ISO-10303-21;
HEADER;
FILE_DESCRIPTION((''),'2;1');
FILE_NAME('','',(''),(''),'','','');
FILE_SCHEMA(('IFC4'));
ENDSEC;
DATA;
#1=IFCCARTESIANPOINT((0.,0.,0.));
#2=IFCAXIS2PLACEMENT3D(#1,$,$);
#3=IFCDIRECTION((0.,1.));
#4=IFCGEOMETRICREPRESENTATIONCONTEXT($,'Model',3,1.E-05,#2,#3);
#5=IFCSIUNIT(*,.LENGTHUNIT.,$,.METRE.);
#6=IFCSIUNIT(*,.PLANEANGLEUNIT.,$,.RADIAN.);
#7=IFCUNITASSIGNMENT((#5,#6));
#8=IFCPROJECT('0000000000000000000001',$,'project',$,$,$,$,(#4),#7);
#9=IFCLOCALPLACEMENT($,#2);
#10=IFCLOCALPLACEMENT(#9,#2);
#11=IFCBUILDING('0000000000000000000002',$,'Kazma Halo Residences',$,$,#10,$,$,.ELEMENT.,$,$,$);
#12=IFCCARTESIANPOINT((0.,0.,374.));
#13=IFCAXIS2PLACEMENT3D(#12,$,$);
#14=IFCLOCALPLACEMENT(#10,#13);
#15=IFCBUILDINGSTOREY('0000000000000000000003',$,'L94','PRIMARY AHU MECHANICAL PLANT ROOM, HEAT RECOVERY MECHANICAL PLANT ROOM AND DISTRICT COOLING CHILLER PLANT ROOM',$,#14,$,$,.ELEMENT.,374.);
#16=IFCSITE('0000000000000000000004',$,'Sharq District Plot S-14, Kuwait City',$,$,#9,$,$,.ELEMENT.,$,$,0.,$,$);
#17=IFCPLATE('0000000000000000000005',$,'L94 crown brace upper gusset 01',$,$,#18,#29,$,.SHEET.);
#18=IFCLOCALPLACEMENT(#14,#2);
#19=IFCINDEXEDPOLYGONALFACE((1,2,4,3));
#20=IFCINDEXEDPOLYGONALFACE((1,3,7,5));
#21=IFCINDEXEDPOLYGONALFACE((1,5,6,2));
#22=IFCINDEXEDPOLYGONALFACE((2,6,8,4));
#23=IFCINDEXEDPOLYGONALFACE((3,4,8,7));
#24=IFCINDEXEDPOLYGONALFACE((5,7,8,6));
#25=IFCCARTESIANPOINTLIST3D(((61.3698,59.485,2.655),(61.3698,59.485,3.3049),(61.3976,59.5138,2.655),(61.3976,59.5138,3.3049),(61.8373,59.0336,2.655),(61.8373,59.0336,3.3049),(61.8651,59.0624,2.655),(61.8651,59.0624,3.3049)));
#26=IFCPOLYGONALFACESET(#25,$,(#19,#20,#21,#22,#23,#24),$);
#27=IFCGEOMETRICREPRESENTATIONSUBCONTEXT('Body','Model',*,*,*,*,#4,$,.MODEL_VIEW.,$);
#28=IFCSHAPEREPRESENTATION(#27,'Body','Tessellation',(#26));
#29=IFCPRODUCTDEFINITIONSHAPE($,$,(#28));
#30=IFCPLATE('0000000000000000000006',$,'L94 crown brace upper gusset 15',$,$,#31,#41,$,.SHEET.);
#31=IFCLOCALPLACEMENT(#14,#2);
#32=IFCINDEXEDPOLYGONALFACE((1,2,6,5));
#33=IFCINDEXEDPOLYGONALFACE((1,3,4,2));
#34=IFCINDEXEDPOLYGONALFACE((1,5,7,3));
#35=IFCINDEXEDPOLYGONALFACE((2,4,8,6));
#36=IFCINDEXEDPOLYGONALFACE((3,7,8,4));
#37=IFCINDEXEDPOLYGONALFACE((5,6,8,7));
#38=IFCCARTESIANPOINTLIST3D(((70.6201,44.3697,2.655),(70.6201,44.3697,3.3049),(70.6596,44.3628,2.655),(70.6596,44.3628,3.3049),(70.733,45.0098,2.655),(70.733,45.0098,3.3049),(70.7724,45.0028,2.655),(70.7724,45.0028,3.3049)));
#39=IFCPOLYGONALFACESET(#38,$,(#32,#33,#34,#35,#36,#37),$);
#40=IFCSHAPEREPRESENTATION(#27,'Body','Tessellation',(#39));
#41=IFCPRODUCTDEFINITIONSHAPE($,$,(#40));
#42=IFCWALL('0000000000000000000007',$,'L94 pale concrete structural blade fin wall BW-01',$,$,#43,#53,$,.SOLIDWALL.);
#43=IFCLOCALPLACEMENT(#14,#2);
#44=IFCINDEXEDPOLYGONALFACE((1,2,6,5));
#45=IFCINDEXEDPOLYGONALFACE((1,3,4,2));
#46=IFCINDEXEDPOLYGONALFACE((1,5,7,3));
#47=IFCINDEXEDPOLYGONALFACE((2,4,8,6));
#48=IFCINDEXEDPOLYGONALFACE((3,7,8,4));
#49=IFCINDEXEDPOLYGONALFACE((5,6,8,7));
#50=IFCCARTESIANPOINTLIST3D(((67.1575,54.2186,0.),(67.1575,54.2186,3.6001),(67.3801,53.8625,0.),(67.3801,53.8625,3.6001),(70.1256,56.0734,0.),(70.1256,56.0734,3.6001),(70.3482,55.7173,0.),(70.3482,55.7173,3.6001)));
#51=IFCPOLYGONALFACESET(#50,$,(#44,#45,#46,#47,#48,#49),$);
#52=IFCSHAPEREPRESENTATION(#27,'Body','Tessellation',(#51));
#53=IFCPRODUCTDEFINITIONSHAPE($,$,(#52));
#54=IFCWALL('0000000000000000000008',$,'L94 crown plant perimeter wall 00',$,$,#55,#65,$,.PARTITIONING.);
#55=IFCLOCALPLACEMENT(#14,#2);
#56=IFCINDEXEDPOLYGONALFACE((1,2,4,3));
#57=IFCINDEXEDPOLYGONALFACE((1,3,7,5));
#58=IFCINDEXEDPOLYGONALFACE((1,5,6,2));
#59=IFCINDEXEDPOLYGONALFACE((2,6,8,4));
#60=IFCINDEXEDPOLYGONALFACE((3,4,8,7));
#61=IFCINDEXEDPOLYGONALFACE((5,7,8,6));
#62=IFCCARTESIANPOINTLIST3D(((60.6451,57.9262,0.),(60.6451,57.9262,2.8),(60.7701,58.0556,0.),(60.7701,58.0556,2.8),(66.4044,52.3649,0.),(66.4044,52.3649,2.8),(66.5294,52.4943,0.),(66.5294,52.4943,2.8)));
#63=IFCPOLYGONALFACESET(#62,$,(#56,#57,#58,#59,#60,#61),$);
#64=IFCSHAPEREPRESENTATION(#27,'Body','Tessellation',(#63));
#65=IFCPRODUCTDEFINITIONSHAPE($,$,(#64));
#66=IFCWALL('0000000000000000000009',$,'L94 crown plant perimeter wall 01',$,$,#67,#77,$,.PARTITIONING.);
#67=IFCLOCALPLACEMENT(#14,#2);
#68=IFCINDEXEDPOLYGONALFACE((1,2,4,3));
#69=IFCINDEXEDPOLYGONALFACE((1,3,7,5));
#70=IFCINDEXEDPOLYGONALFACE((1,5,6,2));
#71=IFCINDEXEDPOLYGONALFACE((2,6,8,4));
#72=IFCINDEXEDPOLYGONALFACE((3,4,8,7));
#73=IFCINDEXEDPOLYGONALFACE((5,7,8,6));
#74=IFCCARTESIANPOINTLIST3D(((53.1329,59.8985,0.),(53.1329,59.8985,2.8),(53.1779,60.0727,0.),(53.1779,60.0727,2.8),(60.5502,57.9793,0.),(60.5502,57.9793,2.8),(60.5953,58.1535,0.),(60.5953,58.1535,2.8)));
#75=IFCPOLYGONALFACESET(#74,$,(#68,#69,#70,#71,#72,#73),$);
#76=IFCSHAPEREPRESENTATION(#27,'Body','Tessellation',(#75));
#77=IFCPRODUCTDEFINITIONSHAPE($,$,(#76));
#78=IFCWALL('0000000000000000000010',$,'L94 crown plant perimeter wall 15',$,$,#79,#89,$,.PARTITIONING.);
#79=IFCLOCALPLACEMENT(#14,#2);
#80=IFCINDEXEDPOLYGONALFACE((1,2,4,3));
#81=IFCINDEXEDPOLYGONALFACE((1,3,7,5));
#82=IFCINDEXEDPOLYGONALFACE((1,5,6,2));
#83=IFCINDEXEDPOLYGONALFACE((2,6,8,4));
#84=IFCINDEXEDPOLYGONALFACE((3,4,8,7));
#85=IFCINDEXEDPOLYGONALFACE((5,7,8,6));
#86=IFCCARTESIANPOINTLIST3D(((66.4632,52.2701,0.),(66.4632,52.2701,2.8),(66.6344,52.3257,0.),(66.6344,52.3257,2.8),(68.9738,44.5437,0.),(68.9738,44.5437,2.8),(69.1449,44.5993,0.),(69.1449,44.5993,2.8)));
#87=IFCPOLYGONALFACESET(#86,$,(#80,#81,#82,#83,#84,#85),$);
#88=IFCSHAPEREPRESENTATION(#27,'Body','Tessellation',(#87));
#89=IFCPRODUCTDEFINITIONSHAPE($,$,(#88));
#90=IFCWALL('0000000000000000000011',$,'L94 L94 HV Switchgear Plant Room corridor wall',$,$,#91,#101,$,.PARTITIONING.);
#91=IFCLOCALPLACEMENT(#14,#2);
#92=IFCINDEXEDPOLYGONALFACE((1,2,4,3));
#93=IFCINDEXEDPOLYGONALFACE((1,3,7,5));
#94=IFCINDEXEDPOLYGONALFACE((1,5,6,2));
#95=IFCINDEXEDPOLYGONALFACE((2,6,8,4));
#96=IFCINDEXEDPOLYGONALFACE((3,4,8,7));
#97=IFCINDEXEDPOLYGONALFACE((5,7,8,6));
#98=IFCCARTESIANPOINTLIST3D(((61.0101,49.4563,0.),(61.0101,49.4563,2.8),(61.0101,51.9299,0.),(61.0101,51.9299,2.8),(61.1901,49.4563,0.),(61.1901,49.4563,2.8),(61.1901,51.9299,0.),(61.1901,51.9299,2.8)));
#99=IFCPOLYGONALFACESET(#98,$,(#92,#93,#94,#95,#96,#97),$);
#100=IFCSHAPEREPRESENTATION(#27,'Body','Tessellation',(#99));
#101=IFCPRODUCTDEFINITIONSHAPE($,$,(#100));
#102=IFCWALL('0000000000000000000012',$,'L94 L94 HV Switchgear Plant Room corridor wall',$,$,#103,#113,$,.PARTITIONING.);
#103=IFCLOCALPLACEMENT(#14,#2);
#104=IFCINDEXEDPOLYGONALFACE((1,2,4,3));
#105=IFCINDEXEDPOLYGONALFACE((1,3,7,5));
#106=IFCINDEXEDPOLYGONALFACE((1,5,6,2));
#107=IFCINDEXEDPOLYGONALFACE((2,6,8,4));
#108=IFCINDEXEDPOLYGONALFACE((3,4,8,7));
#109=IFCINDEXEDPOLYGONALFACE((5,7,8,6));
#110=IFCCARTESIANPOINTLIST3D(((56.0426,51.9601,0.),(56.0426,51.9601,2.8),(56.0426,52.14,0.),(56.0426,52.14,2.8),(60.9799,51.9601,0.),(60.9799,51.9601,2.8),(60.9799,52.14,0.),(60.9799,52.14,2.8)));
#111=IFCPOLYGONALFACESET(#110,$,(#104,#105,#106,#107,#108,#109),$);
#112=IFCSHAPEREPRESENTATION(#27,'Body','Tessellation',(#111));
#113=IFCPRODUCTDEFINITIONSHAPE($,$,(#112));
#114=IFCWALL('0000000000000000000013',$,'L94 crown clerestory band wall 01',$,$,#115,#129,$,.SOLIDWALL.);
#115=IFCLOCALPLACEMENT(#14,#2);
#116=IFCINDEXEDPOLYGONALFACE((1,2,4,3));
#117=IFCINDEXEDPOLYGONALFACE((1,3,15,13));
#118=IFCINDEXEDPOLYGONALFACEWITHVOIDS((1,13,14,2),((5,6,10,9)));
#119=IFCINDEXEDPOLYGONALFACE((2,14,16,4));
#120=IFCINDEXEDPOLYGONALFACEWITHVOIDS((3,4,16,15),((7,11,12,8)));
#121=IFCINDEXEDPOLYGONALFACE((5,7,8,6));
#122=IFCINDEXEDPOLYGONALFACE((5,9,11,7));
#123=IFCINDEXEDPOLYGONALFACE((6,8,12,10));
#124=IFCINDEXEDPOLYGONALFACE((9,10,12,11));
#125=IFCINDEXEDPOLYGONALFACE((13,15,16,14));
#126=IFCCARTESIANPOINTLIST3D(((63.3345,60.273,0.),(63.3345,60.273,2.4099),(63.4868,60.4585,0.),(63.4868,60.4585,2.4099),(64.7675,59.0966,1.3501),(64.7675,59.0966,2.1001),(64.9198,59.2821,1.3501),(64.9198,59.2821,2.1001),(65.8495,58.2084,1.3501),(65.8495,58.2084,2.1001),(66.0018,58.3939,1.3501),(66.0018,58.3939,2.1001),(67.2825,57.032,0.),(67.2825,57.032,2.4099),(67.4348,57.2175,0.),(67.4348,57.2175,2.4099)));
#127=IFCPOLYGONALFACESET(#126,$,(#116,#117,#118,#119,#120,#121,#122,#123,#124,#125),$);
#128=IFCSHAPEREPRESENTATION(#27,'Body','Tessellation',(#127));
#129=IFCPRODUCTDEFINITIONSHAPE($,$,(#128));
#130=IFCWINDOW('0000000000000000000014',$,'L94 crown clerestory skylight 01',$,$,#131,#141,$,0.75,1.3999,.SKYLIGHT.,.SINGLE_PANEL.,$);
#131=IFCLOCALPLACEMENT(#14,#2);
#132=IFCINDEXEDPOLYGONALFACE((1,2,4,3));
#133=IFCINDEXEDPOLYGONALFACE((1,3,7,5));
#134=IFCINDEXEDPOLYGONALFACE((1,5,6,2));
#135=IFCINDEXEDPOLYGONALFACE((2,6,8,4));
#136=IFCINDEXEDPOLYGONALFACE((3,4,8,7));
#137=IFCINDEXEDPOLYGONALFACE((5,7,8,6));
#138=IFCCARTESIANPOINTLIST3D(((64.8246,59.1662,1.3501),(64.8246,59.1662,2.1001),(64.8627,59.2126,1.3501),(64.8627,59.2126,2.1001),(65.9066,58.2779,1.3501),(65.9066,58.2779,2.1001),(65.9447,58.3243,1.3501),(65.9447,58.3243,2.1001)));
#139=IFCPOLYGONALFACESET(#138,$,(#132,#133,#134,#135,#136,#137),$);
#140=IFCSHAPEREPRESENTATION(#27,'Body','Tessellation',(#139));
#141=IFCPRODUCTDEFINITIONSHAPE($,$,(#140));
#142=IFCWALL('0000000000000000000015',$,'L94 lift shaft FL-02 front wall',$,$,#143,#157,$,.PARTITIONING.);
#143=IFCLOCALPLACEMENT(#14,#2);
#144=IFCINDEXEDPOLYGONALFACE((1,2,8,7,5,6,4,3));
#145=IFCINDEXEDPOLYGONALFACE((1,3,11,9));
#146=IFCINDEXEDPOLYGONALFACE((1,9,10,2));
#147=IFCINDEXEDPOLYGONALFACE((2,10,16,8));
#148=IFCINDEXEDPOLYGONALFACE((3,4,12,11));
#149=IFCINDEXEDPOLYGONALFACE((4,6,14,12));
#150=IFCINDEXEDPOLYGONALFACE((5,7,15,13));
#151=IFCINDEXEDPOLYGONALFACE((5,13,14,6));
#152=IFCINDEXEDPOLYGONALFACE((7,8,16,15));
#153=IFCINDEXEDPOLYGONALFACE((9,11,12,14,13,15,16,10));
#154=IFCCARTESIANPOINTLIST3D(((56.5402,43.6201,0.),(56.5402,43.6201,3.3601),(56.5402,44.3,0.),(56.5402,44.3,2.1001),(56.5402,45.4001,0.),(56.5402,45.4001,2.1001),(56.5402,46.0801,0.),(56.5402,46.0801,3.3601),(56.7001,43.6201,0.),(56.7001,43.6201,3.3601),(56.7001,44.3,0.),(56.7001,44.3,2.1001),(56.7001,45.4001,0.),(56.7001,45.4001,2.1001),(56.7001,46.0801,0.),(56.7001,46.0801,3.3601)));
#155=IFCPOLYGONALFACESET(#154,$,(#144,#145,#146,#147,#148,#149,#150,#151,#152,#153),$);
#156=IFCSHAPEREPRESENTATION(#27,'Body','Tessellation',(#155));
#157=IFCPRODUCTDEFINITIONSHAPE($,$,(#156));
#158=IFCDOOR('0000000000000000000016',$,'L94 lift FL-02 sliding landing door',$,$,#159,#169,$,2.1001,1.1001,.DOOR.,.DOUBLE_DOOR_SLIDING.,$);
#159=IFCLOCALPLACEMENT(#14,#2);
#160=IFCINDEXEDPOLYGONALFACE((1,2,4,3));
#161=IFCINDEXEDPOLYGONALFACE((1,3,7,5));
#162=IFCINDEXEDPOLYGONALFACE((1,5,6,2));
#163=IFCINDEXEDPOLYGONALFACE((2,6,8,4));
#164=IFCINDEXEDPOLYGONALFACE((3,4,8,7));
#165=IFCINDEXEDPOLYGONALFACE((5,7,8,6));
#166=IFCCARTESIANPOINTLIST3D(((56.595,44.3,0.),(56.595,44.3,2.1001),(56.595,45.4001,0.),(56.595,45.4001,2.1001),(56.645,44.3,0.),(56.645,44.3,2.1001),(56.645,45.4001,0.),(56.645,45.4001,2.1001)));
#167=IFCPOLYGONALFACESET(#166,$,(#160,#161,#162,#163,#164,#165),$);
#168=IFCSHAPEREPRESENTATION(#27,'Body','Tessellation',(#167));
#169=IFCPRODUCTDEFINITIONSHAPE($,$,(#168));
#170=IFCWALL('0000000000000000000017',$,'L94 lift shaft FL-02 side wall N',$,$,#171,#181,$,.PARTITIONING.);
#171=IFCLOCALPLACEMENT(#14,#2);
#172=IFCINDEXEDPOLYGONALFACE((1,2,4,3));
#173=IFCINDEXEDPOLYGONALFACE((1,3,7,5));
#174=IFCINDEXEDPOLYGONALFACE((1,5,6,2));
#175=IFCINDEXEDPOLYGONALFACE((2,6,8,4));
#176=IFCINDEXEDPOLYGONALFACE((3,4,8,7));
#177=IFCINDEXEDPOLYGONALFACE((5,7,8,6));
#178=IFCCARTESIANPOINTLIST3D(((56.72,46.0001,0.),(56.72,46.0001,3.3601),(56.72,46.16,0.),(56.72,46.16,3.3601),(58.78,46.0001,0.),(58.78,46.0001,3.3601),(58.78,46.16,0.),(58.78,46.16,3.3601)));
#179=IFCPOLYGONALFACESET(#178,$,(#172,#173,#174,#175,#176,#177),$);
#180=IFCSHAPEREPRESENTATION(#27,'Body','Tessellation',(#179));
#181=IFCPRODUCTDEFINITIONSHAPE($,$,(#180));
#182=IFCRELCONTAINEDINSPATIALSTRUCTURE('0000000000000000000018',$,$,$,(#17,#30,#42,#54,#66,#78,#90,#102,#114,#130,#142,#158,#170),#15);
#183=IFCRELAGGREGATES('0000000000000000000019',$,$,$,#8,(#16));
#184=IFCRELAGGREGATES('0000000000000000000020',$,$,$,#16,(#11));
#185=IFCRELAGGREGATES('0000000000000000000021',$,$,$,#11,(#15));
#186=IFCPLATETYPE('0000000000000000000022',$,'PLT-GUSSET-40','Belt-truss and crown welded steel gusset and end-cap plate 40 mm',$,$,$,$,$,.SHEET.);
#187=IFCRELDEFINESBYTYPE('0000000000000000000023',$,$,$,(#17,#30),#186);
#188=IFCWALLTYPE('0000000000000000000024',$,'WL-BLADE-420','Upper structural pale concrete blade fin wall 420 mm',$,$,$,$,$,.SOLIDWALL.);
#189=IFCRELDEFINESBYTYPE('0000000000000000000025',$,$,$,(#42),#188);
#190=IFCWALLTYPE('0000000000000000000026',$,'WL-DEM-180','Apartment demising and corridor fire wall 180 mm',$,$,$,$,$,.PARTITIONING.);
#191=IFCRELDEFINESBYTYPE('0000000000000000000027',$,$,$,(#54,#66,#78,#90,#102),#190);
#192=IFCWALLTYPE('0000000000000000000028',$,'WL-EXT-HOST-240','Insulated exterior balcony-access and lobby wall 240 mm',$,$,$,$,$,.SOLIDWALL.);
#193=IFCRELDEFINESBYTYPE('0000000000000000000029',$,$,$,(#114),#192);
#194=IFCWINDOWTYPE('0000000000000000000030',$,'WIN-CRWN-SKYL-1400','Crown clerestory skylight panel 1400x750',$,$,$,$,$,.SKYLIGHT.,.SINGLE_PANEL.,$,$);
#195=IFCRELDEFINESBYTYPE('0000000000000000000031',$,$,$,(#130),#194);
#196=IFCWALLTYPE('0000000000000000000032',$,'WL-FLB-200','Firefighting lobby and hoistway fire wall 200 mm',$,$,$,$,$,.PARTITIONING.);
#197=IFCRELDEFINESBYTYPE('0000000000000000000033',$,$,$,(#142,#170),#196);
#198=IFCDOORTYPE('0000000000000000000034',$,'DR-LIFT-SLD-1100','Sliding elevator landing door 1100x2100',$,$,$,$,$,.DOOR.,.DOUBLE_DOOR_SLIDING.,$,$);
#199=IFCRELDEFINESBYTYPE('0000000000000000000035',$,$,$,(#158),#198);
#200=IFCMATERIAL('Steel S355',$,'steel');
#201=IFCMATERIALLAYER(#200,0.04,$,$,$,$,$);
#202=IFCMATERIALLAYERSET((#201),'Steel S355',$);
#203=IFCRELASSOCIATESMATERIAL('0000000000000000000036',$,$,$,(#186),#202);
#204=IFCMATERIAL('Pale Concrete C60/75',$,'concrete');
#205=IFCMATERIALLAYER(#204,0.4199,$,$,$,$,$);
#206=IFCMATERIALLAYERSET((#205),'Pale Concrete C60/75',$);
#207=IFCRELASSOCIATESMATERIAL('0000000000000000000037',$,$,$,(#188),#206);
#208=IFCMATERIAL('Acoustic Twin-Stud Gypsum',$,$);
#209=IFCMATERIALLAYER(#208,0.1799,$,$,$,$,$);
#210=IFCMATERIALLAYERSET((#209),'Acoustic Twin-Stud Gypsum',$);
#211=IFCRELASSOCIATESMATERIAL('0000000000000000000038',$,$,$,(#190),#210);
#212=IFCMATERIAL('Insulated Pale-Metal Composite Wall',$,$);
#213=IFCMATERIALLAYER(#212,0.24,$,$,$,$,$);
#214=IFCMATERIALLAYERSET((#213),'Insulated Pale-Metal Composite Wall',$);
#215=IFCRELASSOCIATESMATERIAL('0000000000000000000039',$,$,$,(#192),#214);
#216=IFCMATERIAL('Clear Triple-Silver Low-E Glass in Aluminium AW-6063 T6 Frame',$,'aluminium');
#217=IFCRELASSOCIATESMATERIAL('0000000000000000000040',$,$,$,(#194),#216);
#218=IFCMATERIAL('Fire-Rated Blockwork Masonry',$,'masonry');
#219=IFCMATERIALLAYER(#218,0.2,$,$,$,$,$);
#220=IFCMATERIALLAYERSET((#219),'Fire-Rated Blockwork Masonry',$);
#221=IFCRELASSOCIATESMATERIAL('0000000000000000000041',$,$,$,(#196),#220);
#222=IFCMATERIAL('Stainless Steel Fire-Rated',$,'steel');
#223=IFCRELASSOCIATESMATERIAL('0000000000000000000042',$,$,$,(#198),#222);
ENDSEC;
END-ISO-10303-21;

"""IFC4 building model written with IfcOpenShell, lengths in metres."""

from ifc_helpers import new_model, si_unit, direction, frame, frame_2d, origin, origin_2d, place, context, subcontext, project, spatial, rectangle, extrude, material, layer, layer_set, type_object, element, fill, save


model = new_model("IFC4")

# Units and contexts
model_context = context("Model", 3, precision=1e-05, world=origin(), true_north=direction((0.0, 1.0)))
body_context = subcontext(model_context, "Body", "Model", "MODEL_VIEW")
ifc_project = project(units=[si_unit("LENGTHUNIT", "METRE"), si_unit("PLANEANGLEUNIT", "RADIAN")], contexts=[model_context])

# Site, building, storey
site_placement = place(None, origin())
site = spatial("IfcSite", under=ifc_project, at=site_placement, Name="Sharq District Plot S-14, Kuwait City", CompositionType="ELEMENT", RefElevation=0.0)
building_placement = place(site_placement, origin())
building = spatial("IfcBuilding", under=site, at=building_placement, Name="Kazma Halo Residences", CompositionType="ELEMENT")
storey_placement = place(building_placement, frame((0.0, 0.0, 374.0)))
storey = spatial("IfcBuildingStorey", under=building, at=storey_placement, Name="L94", Description="PRIMARY AHU MECHANICAL PLANT ROOM, HEAT RECOVERY MECHANICAL PLANT ROOM AND DISTRICT COOLING CHILLER PLANT ROOM", CompositionType="ELEMENT", Elevation=374.0)

# Shared definitions
ifc_material_1 = material(Name="Steel S355", Category="steel")

# Plates
ifc_layer_1 = layer(ifc_material_1, 0.04)
ifc_layer_set_1 = layer_set([ifc_layer_1], Name="Steel S355")
plate_type_1 = type_object("IfcPlateType", Name="PLT-GUSSET-40", Description="Belt-truss and crown welded steel gusset and end-cap plate 40 mm", PredefinedType="SHEET", material=ifc_layer_set_1)
for number, where, z_axis, x_axis, name in (
    (1, (61.6174, 59.2737, 2.655), (0.0, 0.0, 1.0), (-0.719342, 0.694656, 0.0), "L94 crown brace upper gusset 01"),
    (2, (70.6963, 44.6863, 2.655), (0.0, 0.0, 1.0), (0.173656, 0.984806, 0.0), "L94 crown brace upper gusset 15"),
):
    element("IfcPlate", number, at=place(storey_placement, frame(where, z_axis=z_axis, x_axis=x_axis)), inside=storey, type_object=plate_type_1, Name=name, PredefinedType="SHEET", context=body_context, shape_type="SweptSolid", body=[
        extrude(rectangle(XDim=0.6499, YDim=0.04, at=origin_2d()), origin(), (0.0, 0.0, 1.0), 0.6499),
    ])

# Walls
ifc_material_2 = material(Name="Pale Concrete C60/75", Category="concrete")
ifc_layer_2 = layer(ifc_material_2, 0.4199)
ifc_layer_set_2 = layer_set([ifc_layer_2], Name="Pale Concrete C60/75")
wall_type_1 = type_object("IfcWallType", Name="WL-BLADE-420", Description="Upper structural pale concrete blade fin wall 420 mm", PredefinedType="SOLIDWALL", material=ifc_layer_set_2)
wall_1_placement = place(storey_placement, frame((67.2688, 54.0405, 0.0), z_axis=(0.0, 0.0, 1.0), x_axis=(0.848034, 0.529943, 0.0)))
element("IfcWall", 3, at=wall_1_placement, inside=storey, type_object=wall_type_1, Name="L94 pale concrete structural blade fin wall BW-01", PredefinedType="SOLIDWALL", context=body_context, shape_type="SweptSolid", body=[
    extrude(rectangle(XDim=3.5, YDim=0.4199, at=frame_2d((1.75, 0.0))), origin(), (0.0, 0.0, 1.0), 3.6001),
])
ifc_material_3 = material(Name="Acoustic Twin-Stud Gypsum")
ifc_layer_3 = layer(ifc_material_3, 0.1799)
ifc_layer_set_3 = layer_set([ifc_layer_3], Name="Acoustic Twin-Stud Gypsum")
wall_type_2 = type_object("IfcWallType", Name="WL-DEM-180", Description="Apartment demising and corridor fire wall 180 mm", PredefinedType="PARTITIONING", material=ifc_layer_set_3)
wall_2_placement = place(storey_placement, frame((66.4668, 52.4297, 0.0), z_axis=(0.0, 0.0, 1.0), x_axis=(-0.719364, 0.694633, 0.0)))
element("IfcWall", 4, at=wall_2_placement, inside=storey, type_object=wall_type_2, Name="L94 crown plant perimeter wall 00", PredefinedType="PARTITIONING", context=body_context, shape_type="SweptSolid", body=[
    extrude(rectangle(XDim=8.0061, YDim=0.1799, at=frame_2d((4.0029, 0.0))), origin(), (0.0, 0.0, 1.0), 2.8),
])
wall_3_placement = place(storey_placement, frame((60.5728, 58.0664, 0.0), z_axis=(0.0, 0.0, 1.0), x_axis=(-0.968117, 0.250498, 0.0)))
element("IfcWall", 5, at=wall_3_placement, inside=storey, type_object=wall_type_2, Name="L94 crown plant perimeter wall 01", PredefinedType="PARTITIONING", context=body_context, shape_type="SweptSolid", body=[
    extrude(rectangle(XDim=7.6616, YDim=0.1799, at=frame_2d((3.8308, 0.0))), origin(), (0.0, 0.0, 1.0), 2.8),
])
wall_4_placement = place(storey_placement, frame((69.0593, 44.5715, 0.0), z_axis=(0.0, 0.0, 1.0), x_axis=(-0.309024, 0.951054, 0.0)))
element("IfcWall", 6, at=wall_4_placement, inside=storey, type_object=wall_type_2, Name="L94 crown plant perimeter wall 15", PredefinedType="PARTITIONING", context=body_context, shape_type="SweptSolid", body=[
    extrude(rectangle(XDim=8.124, YDim=0.1799, at=frame_2d((4.062, 0.0))), origin(), (0.0, 0.0, 1.0), 2.8),
])
wall_5_placement = place(storey_placement, frame((61.1001, 49.4563, 0.0), z_axis=(0.0, 0.0, 1.0), x_axis=(0.0, 1.0, 0.0)))
element("IfcWall", 7, at=wall_5_placement, inside=storey, type_object=wall_type_2, Name="L94 L94 HV Switchgear Plant Room corridor wall", PredefinedType="PARTITIONING", context=body_context, shape_type="SweptSolid", body=[
    extrude(rectangle(XDim=2.4736, YDim=0.1799, at=frame_2d((1.2368, 0.0))), origin(), (0.0, 0.0, 1.0), 2.8),
])
wall_6_placement = place(storey_placement, frame((60.98, 52.05, 0.0), z_axis=(0.0, 0.0, 1.0), x_axis=(-1.0, 0.0, 0.0)))
element("IfcWall", 8, at=wall_6_placement, inside=storey, type_object=wall_type_2, Name="L94 L94 HV Switchgear Plant Room corridor wall", PredefinedType="PARTITIONING", context=body_context, shape_type="SweptSolid", body=[
    extrude(rectangle(XDim=4.9373, YDim=0.1799, at=frame_2d((2.4688, 0.0))), origin(), (0.0, 0.0, 1.0), 2.8),
])

# Wall, opening, window
ifc_material_4 = material(Name="Insulated Pale-Metal Composite Wall")
ifc_layer_4 = layer(ifc_material_4, 0.24)
ifc_layer_set_4 = layer_set([ifc_layer_4], Name="Insulated Pale-Metal Composite Wall")
wall_type_3 = type_object("IfcWallType", Name="WL-EXT-HOST-240", Description="Insulated exterior balcony-access and lobby wall 240 mm", PredefinedType="SOLIDWALL", material=ifc_layer_set_4)
wall_7_placement = place(storey_placement, frame((67.3586, 57.1248, 0.0), z_axis=(0.0, 0.0, 1.0), x_axis=(-0.772921, 0.634502, 0.0)))
wall_7 = element("IfcWall", 9, at=wall_7_placement, inside=storey, type_object=wall_type_3, Name="L94 crown clerestory band wall 01", PredefinedType="SOLIDWALL", context=body_context, shape_type="SweptSolid", body=[
    extrude(rectangle(XDim=5.1079, YDim=0.24, at=frame_2d((2.554, 0.0))), origin(), (0.0, 0.0, 1.0), 2.4099),
])
opening_1_placement = place(wall_7_placement, frame((1.854, 0.0, 1.3501)))
opening_1 = element("IfcOpeningElement", 10, at=opening_1_placement, cuts=wall_7, PredefinedType="OPENING", context=body_context, shape_type="SweptSolid", body=[
    extrude(rectangle(XDim=1.3999, YDim=0.75, at=frame_2d((0.7, 0.375))), frame((0.0, 0.1299, 0.0), z_axis=(0.0, -1.0, 0.0), x_axis=(1.0, 0.0, 0.0)), (0.0, 0.0, 1.0), 0.26),
])
ifc_material_5 = material(Name="Clear Triple-Silver Low-E Glass in Aluminium AW-6063 T6 Frame", Category="aluminium")
window_type = type_object("IfcWindowType", Name="WIN-CRWN-SKYL-1400", Description="Crown clerestory skylight panel 1400x750", PartitioningType="SINGLE_PANEL", PredefinedType="SKYLIGHT", material=ifc_material_5)
window_placement = place(opening_1_placement, origin())
window = element("IfcWindow", 11, at=window_placement, inside=storey, type_object=window_type, Name="L94 crown clerestory skylight 01", OverallHeight=0.75, OverallWidth=1.3999, PartitioningType="SINGLE_PANEL", PredefinedType="SKYLIGHT", context=body_context, shape_type="SweptSolid", body=[
    extrude(rectangle(XDim=1.3999, YDim=0.75, at=frame_2d((0.7, 0.375))), frame((0.0, 0.03, 0.0), z_axis=(0.0, -1.0, 0.0), x_axis=(1.0, 0.0, 0.0)), (0.0, 0.0, 1.0), 0.0601),
])
fill(opening_1, window)

# Wall, opening, door
ifc_material_6 = material(Name="Fire-Rated Blockwork Masonry", Category="masonry")
ifc_layer_5 = layer(ifc_material_6, 0.2)
ifc_layer_set_5 = layer_set([ifc_layer_5], Name="Fire-Rated Blockwork Masonry")
wall_type_4 = type_object("IfcWallType", Name="WL-FLB-200", Description="Firefighting lobby and hoistway fire wall 200 mm", PredefinedType="PARTITIONING", material=ifc_layer_set_5)
wall_8_placement = place(storey_placement, frame((56.6201, 46.0801, 0.0), z_axis=(0.0, 0.0, 1.0), x_axis=(0.0, -1.0, 0.0)))
wall_8 = element("IfcWall", 12, at=wall_8_placement, inside=storey, type_object=wall_type_4, Name="L94 lift shaft FL-02 front wall", PredefinedType="PARTITIONING", context=body_context, shape_type="SweptSolid", body=[
    extrude(rectangle(XDim=2.46, YDim=0.1599, at=frame_2d((1.23, 0.0))), origin(), (0.0, 0.0, 1.0), 3.3601),
])
opening_2_placement = place(wall_8_placement, frame((0.6799, 0.0, 0.0)))
opening_2 = element("IfcOpeningElement", 13, at=opening_2_placement, cuts=wall_8, PredefinedType="OPENING", context=body_context, shape_type="SweptSolid", body=[
    extrude(rectangle(XDim=1.1001, YDim=2.1001, at=frame_2d((0.55, 1.05))), frame((0.0, 0.0898, 0.0), z_axis=(0.0, -1.0, 0.0), x_axis=(1.0, 0.0, 0.0)), (0.0, 0.0, 1.0), 0.1799),
])
ifc_material_7 = material(Name="Stainless Steel Fire-Rated", Category="steel")
door_type = type_object("IfcDoorType", Name="DR-LIFT-SLD-1100", Description="Sliding elevator landing door 1100x2100", OperationType="DOUBLE_DOOR_SLIDING", PredefinedType="DOOR", material=ifc_material_7)
door_placement = place(opening_2_placement, origin())
door = element("IfcDoor", 14, at=door_placement, inside=storey, type_object=door_type, Name="L94 lift FL-02 sliding landing door", OperationType="DOUBLE_DOOR_SLIDING", OverallHeight=2.1001, OverallWidth=1.1001, PredefinedType="DOOR", context=body_context, shape_type="SweptSolid", body=[
    extrude(rectangle(XDim=1.1001, YDim=2.1001, at=frame_2d((0.55, 1.05))), frame((0.0, 0.0249, 0.0), z_axis=(0.0, -1.0, 0.0), x_axis=(1.0, 0.0, 0.0)), (0.0, 0.0, 1.0), 0.05),
])
fill(opening_2, door)

# Wall
wall_9_placement = place(storey_placement, frame((56.72, 46.0801, 0.0), z_axis=(0.0, 0.0, 1.0), x_axis=(1.0, 0.0, 0.0)))
element("IfcWall", 15, at=wall_9_placement, inside=storey, type_object=wall_type_4, Name="L94 lift shaft FL-02 side wall N", PredefinedType="PARTITIONING", context=body_context, shape_type="SweptSolid", body=[
    extrude(rectangle(XDim=2.0601, YDim=0.1599, at=frame_2d((1.03, 0.0))), origin(), (0.0, 0.0, 1.0), 3.3601),
])

save(model, "model.ifc")
